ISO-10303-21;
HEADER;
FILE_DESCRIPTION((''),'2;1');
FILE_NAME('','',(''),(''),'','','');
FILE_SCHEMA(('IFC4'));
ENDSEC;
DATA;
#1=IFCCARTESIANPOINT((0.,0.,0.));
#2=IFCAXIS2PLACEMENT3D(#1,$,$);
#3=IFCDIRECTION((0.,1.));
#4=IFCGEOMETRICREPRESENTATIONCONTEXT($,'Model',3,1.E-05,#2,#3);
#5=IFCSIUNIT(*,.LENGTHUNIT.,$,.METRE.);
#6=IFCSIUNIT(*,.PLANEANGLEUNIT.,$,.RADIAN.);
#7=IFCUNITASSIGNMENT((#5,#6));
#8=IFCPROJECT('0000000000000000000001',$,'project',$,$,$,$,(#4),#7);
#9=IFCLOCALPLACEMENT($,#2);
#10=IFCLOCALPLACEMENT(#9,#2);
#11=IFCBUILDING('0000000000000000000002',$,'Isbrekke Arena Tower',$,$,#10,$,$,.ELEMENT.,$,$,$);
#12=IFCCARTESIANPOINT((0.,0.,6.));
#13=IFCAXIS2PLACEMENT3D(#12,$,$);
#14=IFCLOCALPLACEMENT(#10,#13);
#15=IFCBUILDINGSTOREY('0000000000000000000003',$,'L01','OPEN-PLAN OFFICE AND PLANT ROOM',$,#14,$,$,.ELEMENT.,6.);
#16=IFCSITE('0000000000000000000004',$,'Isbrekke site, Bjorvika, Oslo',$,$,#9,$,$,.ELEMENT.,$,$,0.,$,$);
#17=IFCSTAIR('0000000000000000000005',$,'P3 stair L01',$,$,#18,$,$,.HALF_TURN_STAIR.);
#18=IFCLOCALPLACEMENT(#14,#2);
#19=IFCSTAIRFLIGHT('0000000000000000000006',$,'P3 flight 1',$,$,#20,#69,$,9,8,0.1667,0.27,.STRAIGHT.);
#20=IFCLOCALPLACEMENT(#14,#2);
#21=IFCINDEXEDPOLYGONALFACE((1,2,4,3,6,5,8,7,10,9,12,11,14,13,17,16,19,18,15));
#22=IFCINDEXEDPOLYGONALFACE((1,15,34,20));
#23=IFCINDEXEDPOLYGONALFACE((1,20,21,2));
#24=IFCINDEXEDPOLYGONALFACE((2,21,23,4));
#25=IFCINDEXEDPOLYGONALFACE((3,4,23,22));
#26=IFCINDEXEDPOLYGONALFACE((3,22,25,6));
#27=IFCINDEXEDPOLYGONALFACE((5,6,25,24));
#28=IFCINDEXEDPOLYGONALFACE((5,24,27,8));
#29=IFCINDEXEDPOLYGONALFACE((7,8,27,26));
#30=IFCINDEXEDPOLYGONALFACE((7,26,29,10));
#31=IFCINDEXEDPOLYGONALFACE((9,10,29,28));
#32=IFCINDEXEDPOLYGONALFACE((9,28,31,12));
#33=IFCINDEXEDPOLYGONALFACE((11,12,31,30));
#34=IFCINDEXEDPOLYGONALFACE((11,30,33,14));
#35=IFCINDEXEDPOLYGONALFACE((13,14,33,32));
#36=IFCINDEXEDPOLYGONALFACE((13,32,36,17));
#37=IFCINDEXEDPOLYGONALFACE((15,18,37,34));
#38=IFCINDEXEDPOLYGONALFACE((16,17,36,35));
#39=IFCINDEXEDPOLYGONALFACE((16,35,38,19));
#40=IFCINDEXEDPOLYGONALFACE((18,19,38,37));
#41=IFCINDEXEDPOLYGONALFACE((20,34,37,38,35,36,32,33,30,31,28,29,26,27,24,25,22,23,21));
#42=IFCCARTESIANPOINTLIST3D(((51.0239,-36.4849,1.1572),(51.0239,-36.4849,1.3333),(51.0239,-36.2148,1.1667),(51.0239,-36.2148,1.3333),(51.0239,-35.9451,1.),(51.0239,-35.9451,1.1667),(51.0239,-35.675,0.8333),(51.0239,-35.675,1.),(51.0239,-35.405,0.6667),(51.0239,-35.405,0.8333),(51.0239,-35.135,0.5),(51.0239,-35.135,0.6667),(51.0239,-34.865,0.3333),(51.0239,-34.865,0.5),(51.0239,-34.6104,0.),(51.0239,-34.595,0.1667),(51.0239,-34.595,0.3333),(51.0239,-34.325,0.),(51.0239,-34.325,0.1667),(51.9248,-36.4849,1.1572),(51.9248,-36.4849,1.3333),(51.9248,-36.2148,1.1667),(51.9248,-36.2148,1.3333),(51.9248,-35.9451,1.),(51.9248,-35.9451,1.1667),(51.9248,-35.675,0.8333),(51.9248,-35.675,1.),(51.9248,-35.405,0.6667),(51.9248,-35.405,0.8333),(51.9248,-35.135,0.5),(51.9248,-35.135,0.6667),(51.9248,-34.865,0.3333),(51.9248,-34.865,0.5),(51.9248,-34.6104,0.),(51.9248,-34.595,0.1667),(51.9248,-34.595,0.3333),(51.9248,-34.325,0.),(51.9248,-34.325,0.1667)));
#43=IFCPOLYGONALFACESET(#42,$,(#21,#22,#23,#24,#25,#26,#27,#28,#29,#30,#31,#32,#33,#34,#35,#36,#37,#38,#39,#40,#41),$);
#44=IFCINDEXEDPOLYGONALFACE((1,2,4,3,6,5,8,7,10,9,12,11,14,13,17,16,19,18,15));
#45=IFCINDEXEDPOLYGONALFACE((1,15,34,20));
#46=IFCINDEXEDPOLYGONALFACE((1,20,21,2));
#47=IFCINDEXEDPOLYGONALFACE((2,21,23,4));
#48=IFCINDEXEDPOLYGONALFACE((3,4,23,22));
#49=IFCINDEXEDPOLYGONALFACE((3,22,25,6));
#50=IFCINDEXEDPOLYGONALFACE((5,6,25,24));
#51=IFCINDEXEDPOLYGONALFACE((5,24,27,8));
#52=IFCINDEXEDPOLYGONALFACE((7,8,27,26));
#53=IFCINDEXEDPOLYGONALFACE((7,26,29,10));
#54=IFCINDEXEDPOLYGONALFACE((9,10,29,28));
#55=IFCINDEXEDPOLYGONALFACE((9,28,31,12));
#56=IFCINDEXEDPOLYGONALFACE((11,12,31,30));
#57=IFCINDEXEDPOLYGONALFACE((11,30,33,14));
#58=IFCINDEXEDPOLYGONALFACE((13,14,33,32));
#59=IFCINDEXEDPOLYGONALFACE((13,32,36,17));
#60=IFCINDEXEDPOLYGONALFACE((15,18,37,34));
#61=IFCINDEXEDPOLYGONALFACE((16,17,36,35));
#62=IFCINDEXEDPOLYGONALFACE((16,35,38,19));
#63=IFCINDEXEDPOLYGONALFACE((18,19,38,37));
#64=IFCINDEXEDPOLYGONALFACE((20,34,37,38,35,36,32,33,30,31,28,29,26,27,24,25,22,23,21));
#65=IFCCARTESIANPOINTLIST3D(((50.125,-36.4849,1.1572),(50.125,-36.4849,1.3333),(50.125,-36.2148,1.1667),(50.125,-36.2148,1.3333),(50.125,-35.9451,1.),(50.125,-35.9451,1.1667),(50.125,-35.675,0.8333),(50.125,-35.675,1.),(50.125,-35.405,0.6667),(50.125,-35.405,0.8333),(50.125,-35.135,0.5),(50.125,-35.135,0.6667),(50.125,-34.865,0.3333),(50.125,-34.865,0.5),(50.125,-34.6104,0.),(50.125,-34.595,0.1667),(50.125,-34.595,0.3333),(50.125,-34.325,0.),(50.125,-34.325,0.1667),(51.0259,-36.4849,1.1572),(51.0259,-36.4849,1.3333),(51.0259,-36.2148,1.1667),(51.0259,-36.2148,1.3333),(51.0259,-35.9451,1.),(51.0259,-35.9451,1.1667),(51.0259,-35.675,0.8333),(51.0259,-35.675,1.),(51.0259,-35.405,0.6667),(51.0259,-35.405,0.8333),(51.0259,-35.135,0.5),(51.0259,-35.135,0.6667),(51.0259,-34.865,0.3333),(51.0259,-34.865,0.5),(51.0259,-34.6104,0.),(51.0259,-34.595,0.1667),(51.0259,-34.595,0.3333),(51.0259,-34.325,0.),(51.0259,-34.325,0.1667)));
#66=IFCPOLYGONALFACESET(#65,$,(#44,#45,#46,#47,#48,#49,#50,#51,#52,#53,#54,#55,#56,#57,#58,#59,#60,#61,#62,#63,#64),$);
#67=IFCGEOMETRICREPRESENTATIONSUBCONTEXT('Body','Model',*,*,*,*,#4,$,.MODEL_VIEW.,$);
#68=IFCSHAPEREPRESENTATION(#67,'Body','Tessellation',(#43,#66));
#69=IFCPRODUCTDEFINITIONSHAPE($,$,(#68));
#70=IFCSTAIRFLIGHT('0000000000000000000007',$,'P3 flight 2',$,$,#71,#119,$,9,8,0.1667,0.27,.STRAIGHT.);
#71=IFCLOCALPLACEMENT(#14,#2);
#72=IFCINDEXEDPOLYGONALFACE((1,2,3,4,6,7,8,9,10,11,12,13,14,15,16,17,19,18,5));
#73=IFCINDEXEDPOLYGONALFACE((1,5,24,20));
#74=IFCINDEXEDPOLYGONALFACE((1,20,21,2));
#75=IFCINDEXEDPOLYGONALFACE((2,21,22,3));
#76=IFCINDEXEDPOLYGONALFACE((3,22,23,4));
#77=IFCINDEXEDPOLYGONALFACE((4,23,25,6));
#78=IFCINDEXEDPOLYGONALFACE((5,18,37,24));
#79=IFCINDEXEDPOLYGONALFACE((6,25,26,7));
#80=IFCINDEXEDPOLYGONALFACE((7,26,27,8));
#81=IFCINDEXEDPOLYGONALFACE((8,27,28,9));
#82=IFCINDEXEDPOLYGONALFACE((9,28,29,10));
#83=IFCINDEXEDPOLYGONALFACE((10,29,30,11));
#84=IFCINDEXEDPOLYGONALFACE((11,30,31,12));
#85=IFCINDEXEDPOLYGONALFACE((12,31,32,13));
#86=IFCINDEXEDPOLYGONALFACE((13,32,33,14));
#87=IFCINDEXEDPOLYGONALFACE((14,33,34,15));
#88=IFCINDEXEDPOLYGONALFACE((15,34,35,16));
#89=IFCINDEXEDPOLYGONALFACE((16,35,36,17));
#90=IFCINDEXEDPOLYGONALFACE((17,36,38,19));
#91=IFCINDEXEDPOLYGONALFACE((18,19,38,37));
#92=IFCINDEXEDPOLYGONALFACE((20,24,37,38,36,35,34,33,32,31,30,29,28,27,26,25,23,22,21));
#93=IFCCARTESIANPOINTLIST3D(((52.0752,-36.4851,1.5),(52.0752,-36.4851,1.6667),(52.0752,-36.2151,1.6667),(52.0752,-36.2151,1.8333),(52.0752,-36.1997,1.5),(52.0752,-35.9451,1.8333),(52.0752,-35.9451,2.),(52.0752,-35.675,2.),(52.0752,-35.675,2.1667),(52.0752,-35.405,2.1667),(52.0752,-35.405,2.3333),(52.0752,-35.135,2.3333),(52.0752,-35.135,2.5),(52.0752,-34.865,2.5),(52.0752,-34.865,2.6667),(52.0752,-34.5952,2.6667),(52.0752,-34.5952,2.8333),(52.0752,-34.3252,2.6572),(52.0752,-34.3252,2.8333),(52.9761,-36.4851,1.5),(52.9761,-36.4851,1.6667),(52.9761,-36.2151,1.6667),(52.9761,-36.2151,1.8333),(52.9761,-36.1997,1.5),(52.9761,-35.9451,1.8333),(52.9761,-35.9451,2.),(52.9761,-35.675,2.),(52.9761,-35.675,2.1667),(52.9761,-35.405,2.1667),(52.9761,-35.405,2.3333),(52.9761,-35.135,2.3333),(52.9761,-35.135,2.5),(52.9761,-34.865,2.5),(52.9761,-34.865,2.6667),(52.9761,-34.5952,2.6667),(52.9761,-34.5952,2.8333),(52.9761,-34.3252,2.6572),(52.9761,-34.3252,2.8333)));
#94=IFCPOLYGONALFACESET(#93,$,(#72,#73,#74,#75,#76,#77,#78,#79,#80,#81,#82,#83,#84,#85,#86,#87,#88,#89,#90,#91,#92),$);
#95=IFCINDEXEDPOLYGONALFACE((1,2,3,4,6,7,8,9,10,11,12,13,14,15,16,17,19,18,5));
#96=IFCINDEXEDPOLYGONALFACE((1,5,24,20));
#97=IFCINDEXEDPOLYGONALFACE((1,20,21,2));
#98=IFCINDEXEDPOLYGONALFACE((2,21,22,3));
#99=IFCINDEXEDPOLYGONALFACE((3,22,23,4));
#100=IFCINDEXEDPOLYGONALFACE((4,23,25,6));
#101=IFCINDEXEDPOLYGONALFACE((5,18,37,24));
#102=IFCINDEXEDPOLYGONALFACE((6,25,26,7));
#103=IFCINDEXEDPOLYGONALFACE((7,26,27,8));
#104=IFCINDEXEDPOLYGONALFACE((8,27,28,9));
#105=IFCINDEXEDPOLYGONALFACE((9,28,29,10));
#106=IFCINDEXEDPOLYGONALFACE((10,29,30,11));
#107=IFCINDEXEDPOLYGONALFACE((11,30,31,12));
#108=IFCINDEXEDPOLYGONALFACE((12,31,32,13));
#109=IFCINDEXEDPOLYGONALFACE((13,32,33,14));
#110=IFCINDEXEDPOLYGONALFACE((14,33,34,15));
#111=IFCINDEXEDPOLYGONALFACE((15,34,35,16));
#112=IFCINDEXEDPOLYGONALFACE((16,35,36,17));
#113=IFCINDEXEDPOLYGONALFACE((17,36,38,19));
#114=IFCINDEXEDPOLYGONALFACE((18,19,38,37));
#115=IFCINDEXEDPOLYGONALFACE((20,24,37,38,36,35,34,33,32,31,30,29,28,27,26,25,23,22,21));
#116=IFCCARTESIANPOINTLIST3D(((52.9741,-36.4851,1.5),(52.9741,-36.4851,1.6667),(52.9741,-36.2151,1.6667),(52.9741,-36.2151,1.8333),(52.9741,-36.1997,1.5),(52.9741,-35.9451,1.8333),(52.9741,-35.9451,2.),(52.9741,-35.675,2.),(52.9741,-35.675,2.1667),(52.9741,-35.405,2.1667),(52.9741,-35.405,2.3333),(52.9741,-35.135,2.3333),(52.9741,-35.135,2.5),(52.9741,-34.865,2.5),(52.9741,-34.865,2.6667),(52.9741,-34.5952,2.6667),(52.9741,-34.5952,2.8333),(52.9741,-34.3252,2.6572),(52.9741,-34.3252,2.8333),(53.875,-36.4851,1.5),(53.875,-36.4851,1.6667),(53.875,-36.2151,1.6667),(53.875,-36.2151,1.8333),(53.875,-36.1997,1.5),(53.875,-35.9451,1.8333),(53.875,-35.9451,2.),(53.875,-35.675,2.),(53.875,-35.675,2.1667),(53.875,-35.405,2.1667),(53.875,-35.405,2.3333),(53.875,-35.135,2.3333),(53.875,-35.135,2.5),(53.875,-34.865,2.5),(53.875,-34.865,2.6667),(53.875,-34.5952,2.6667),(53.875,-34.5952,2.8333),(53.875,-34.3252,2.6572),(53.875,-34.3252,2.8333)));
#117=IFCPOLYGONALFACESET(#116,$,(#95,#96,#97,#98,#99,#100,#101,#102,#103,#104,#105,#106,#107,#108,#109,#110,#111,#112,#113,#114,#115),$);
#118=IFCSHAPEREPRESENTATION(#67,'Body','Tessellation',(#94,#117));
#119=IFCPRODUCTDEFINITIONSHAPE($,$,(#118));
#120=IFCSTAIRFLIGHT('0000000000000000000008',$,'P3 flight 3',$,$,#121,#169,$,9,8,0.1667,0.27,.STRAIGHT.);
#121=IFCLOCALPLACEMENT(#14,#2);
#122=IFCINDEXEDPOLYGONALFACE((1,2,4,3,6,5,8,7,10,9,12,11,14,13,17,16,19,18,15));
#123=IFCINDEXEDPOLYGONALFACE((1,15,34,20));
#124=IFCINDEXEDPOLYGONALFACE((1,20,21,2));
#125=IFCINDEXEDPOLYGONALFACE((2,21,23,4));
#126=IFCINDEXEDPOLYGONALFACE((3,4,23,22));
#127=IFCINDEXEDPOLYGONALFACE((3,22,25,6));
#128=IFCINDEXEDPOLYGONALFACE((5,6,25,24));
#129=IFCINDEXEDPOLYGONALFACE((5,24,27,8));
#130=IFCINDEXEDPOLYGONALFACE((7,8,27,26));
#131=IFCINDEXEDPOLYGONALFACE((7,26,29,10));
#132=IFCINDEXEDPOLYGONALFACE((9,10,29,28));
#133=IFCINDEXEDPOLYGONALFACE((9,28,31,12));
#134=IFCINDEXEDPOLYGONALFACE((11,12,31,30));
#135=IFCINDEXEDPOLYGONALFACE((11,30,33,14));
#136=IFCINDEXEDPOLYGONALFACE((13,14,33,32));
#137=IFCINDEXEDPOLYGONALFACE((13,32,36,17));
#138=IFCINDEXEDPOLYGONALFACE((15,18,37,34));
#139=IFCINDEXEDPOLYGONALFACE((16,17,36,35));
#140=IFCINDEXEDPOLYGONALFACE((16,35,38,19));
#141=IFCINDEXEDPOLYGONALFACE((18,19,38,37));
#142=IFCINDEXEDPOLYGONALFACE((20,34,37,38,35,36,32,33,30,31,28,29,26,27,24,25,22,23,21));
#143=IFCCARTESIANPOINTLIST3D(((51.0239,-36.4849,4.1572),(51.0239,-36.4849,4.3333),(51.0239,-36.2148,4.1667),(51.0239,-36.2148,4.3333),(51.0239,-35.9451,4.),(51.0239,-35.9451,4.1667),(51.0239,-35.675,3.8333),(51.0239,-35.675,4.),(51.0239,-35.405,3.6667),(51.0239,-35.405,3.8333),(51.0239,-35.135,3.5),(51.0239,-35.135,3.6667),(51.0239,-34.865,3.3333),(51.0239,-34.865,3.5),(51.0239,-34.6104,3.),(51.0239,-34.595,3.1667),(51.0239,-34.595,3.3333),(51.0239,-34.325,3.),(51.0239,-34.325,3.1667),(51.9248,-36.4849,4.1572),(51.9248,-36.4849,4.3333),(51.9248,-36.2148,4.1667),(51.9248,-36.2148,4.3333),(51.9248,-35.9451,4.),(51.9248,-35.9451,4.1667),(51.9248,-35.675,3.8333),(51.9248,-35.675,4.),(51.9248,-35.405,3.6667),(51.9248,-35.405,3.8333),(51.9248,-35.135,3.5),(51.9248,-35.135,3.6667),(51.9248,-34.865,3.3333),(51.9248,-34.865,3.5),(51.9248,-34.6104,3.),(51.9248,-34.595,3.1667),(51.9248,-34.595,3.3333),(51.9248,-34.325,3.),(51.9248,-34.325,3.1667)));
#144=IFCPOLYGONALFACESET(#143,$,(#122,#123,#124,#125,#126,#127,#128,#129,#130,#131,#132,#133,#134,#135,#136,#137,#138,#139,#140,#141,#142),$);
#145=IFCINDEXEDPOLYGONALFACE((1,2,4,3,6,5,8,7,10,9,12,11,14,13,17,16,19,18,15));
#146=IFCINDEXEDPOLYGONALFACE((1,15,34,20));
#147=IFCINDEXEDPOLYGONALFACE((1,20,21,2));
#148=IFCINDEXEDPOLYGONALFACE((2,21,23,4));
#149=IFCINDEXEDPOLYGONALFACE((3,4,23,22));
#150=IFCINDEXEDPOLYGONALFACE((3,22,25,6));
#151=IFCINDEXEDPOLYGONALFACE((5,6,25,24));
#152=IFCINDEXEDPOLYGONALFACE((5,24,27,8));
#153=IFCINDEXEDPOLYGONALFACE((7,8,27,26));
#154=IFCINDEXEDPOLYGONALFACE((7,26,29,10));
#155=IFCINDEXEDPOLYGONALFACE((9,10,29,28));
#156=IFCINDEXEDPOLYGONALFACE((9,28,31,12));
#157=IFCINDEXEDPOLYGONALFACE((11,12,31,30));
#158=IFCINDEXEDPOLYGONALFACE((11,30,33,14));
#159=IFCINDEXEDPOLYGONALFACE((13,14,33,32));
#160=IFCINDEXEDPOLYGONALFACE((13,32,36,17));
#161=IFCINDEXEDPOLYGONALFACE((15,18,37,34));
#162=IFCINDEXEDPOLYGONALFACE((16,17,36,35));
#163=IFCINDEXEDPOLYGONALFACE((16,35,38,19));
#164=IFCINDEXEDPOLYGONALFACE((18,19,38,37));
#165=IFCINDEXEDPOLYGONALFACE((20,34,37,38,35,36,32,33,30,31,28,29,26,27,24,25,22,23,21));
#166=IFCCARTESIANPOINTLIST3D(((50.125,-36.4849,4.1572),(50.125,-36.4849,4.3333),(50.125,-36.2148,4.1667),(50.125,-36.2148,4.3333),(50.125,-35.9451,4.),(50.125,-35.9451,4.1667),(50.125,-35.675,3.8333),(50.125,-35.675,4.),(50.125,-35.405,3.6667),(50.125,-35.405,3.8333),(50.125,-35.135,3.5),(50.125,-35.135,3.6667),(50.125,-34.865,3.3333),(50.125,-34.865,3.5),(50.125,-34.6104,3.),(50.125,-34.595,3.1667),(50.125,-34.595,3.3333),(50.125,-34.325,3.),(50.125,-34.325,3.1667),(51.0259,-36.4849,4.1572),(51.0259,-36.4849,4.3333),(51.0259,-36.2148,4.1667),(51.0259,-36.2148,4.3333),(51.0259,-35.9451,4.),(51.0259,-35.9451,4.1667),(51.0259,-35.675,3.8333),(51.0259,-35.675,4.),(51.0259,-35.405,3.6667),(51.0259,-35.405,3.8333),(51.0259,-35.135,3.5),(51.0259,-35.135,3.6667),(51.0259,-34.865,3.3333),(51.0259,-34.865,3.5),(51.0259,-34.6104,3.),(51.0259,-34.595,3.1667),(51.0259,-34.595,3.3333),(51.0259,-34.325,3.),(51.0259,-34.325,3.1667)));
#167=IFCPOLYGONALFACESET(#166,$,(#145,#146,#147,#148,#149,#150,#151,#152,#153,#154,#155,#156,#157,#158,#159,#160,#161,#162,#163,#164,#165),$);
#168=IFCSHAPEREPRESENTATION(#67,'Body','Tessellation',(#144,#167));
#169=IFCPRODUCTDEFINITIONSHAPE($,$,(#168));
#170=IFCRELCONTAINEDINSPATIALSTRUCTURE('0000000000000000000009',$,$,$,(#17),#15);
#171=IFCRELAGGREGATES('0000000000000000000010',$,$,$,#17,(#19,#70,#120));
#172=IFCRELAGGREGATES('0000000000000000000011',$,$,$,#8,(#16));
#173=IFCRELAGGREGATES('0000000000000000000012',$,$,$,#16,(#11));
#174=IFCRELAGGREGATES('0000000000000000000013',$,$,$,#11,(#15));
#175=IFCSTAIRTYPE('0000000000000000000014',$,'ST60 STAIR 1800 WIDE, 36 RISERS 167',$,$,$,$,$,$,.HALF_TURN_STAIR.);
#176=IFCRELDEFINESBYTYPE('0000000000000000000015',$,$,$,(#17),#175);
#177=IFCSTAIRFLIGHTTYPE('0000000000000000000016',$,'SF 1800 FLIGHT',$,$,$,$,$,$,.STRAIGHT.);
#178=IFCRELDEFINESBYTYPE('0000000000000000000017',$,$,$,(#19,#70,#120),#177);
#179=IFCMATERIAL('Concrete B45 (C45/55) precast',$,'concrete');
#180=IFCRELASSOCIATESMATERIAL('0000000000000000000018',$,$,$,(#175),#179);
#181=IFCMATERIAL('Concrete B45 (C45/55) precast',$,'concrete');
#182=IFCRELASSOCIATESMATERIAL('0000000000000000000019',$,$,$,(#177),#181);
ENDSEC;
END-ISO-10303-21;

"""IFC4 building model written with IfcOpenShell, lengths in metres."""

from ifc_helpers import new_model, si_unit, direction, frame, origin, place, context, subcontext, project, spatial, polyline, outline, extrude, material, type_object, element, aggregate, save


model = new_model("IFC4")

# Units and contexts
model_context = context("Model", 3, precision=1e-05, world=origin(), true_north=direction((0.0, 1.0)))
body_context = subcontext(model_context, "Body", "Model", "MODEL_VIEW")
ifc_project = project(units=[si_unit("LENGTHUNIT", "METRE"), si_unit("PLANEANGLEUNIT", "RADIAN")], contexts=[model_context])

# Site, building, storey
site_placement = place(None, origin())
site = spatial("IfcSite", under=ifc_project, at=site_placement, Name="Isbrekke site, Bjorvika, Oslo", CompositionType="ELEMENT", RefElevation=0.0)
building_placement = place(site_placement, origin())
building = spatial("IfcBuilding", under=site, at=building_placement, Name="Isbrekke Arena Tower", CompositionType="ELEMENT")
storey_placement = place(building_placement, frame((0.0, 0.0, 6.0)))
storey = spatial("IfcBuildingStorey", under=building, at=storey_placement, Name="L01", Description="OPEN-PLAN OFFICE AND PLANT ROOM", CompositionType="ELEMENT", Elevation=6.0)

# Stair, stair flights
ifc_material_1 = material(Name="Concrete B45 (C45/55) precast", Category="concrete")
stair_type = type_object("IfcStairType", Name="ST60 STAIR 1800 WIDE, 36 RISERS 167", PredefinedType="HALF_TURN_STAIR", material=ifc_material_1)
stair_placement = place(storey_placement, origin())
stair = element("IfcStair", 1, at=stair_placement, inside=storey, type_object=stair_type, Name="P3 stair L01", PredefinedType="HALF_TURN_STAIR")
ifc_material_2 = material(Name="Concrete B45 (C45/55) precast", Category="concrete")
stair_flight_type = type_object("IfcStairFlightType", Name="SF 1800 FLIGHT", PredefinedType="STRAIGHT", material=ifc_material_2)
stair_flight_1_placement = place(storey_placement, frame((51.0249, -34.325, 0.0), z_axis=(0.0, 0.0, 1.0), x_axis=(0.0, -1.0, 0.0)))
stair_flight_1 = element("IfcStairFlight", 2, at=stair_flight_1_placement, type_object=stair_flight_type, Name="P3 flight 1", NumberOfRisers=9, NumberOfTreads=8, PredefinedType="STRAIGHT", RiserHeight=0.1667, TreadLength=0.27, context=body_context, shape_type="SweptSolid", body=[
    extrude(outline(polyline([(0.0, 0.0), (0.0, 0.1667), (0.27, 0.1667), (0.27, 0.3333), (0.54, 0.3333), (0.54, 0.5), (0.8101, 0.5), (0.8101, 0.6667), (1.0801, 0.6667), (1.0801, 0.8333), (1.3501, 0.8333), (1.3501, 1.0), (1.6201, 1.0), (1.6201, 1.1667), (1.8899, 1.1667), (1.8899, 1.3333), (2.1599, 1.3333), (2.1599, 1.5), (2.1599, 1.1572), (0.2854, 0.0), (0.0, 0.0)])), frame((0.0, 0.8999, 0.0), z_axis=(0.0, -1.0, 0.0), x_axis=(1.0, 0.0, 0.0)), (0.0, 0.0, 1.0), 0.9009),
    extrude(outline(polyline([(0.0, 0.0), (0.0, 0.1667), (0.27, 0.1667), (0.27, 0.3333), (0.54, 0.3333), (0.54, 0.5), (0.8101, 0.5), (0.8101, 0.6667), (1.0801, 0.6667), (1.0801, 0.8333), (1.3501, 0.8333), (1.3501, 1.0), (1.6201, 1.0), (1.6201, 1.1667), (1.8899, 1.1667), (1.8899, 1.3333), (2.1599, 1.3333), (2.1599, 1.5), (2.1599, 1.1572), (0.2854, 0.0), (0.0, 0.0)])), frame((0.0, 0.001, 0.0), z_axis=(0.0, -1.0, 0.0), x_axis=(1.0, 0.0, 0.0)), (0.0, 0.0, 1.0), 0.9009),
])
stair_flight_2_placement = place(storey_placement, frame((52.9751, -36.4851, 1.5), z_axis=(0.0, 0.0, 1.0), x_axis=(0.0, 1.0, 0.0)))
stair_flight_2 = element("IfcStairFlight", 3, at=stair_flight_2_placement, type_object=stair_flight_type, Name="P3 flight 2", NumberOfRisers=9, NumberOfTreads=8, PredefinedType="STRAIGHT", RiserHeight=0.1667, TreadLength=0.27, context=body_context, shape_type="SweptSolid", body=[
    extrude(outline(polyline([(0.0, 0.0), (0.0, 0.1667), (0.27, 0.1667), (0.27, 0.3333), (0.54, 0.3333), (0.54, 0.5), (0.8101, 0.5), (0.8101, 0.6667), (1.0801, 0.6667), (1.0801, 0.8333), (1.3501, 0.8333), (1.3501, 1.0), (1.6201, 1.0), (1.6201, 1.1667), (1.8899, 1.1667), (1.8899, 1.3333), (2.1599, 1.3333), (2.1599, 1.5), (2.1599, 1.1572), (0.2854, 0.0), (0.0, 0.0)])), frame((0.0, 0.8999, 0.0), z_axis=(0.0, -1.0, 0.0), x_axis=(1.0, 0.0, 0.0)), (0.0, 0.0, 1.0), 0.9009),
    extrude(outline(polyline([(0.0, 0.0), (0.0, 0.1667), (0.27, 0.1667), (0.27, 0.3333), (0.54, 0.3333), (0.54, 0.5), (0.8101, 0.5), (0.8101, 0.6667), (1.0801, 0.6667), (1.0801, 0.8333), (1.3501, 0.8333), (1.3501, 1.0), (1.6201, 1.0), (1.6201, 1.1667), (1.8899, 1.1667), (1.8899, 1.3333), (2.1599, 1.3333), (2.1599, 1.5), (2.1599, 1.1572), (0.2854, 0.0), (0.0, 0.0)])), frame((0.0, 0.001, 0.0), z_axis=(0.0, -1.0, 0.0), x_axis=(1.0, 0.0, 0.0)), (0.0, 0.0, 1.0), 0.9009),
])
stair_flight_3_placement = place(storey_placement, frame((51.0249, -34.325, 3.0), z_axis=(0.0, 0.0, 1.0), x_axis=(0.0, -1.0, 0.0)))
stair_flight_3 = element("IfcStairFlight", 4, at=stair_flight_3_placement, type_object=stair_flight_type, Name="P3 flight 3", NumberOfRisers=9, NumberOfTreads=8, PredefinedType="STRAIGHT", RiserHeight=0.1667, TreadLength=0.27, context=body_context, shape_type="SweptSolid", body=[
    extrude(outline(polyline([(0.0, 0.0), (0.0, 0.1667), (0.27, 0.1667), (0.27, 0.3333), (0.54, 0.3333), (0.54, 0.5), (0.8101, 0.5), (0.8101, 0.6667), (1.0801, 0.6667), (1.0801, 0.8333), (1.3501, 0.8333), (1.3501, 1.0), (1.6201, 1.0), (1.6201, 1.1667), (1.8899, 1.1667), (1.8899, 1.3333), (2.1599, 1.3333), (2.1599, 1.5), (2.1599, 1.1572), (0.2854, 0.0), (0.0, 0.0)])), frame((0.0, 0.8999, 0.0), z_axis=(0.0, -1.0, 0.0), x_axis=(1.0, 0.0, 0.0)), (0.0, 0.0, 1.0), 0.9009),
    extrude(outline(polyline([(0.0, 0.0), (0.0, 0.1667), (0.27, 0.1667), (0.27, 0.3333), (0.54, 0.3333), (0.54, 0.5), (0.8101, 0.5), (0.8101, 0.6667), (1.0801, 0.6667), (1.0801, 0.8333), (1.3501, 0.8333), (1.3501, 1.0), (1.6201, 1.0), (1.6201, 1.1667), (1.8899, 1.1667), (1.8899, 1.3333), (2.1599, 1.3333), (2.1599, 1.5), (2.1599, 1.1572), (0.2854, 0.0), (0.0, 0.0)])), frame((0.0, 0.001, 0.0), z_axis=(0.0, -1.0, 0.0), x_axis=(1.0, 0.0, 0.0)), (0.0, 0.0, 1.0), 0.9009),
])
aggregate(stair, [stair_flight_1, stair_flight_2, stair_flight_3])

save(model, "model.ifc")
